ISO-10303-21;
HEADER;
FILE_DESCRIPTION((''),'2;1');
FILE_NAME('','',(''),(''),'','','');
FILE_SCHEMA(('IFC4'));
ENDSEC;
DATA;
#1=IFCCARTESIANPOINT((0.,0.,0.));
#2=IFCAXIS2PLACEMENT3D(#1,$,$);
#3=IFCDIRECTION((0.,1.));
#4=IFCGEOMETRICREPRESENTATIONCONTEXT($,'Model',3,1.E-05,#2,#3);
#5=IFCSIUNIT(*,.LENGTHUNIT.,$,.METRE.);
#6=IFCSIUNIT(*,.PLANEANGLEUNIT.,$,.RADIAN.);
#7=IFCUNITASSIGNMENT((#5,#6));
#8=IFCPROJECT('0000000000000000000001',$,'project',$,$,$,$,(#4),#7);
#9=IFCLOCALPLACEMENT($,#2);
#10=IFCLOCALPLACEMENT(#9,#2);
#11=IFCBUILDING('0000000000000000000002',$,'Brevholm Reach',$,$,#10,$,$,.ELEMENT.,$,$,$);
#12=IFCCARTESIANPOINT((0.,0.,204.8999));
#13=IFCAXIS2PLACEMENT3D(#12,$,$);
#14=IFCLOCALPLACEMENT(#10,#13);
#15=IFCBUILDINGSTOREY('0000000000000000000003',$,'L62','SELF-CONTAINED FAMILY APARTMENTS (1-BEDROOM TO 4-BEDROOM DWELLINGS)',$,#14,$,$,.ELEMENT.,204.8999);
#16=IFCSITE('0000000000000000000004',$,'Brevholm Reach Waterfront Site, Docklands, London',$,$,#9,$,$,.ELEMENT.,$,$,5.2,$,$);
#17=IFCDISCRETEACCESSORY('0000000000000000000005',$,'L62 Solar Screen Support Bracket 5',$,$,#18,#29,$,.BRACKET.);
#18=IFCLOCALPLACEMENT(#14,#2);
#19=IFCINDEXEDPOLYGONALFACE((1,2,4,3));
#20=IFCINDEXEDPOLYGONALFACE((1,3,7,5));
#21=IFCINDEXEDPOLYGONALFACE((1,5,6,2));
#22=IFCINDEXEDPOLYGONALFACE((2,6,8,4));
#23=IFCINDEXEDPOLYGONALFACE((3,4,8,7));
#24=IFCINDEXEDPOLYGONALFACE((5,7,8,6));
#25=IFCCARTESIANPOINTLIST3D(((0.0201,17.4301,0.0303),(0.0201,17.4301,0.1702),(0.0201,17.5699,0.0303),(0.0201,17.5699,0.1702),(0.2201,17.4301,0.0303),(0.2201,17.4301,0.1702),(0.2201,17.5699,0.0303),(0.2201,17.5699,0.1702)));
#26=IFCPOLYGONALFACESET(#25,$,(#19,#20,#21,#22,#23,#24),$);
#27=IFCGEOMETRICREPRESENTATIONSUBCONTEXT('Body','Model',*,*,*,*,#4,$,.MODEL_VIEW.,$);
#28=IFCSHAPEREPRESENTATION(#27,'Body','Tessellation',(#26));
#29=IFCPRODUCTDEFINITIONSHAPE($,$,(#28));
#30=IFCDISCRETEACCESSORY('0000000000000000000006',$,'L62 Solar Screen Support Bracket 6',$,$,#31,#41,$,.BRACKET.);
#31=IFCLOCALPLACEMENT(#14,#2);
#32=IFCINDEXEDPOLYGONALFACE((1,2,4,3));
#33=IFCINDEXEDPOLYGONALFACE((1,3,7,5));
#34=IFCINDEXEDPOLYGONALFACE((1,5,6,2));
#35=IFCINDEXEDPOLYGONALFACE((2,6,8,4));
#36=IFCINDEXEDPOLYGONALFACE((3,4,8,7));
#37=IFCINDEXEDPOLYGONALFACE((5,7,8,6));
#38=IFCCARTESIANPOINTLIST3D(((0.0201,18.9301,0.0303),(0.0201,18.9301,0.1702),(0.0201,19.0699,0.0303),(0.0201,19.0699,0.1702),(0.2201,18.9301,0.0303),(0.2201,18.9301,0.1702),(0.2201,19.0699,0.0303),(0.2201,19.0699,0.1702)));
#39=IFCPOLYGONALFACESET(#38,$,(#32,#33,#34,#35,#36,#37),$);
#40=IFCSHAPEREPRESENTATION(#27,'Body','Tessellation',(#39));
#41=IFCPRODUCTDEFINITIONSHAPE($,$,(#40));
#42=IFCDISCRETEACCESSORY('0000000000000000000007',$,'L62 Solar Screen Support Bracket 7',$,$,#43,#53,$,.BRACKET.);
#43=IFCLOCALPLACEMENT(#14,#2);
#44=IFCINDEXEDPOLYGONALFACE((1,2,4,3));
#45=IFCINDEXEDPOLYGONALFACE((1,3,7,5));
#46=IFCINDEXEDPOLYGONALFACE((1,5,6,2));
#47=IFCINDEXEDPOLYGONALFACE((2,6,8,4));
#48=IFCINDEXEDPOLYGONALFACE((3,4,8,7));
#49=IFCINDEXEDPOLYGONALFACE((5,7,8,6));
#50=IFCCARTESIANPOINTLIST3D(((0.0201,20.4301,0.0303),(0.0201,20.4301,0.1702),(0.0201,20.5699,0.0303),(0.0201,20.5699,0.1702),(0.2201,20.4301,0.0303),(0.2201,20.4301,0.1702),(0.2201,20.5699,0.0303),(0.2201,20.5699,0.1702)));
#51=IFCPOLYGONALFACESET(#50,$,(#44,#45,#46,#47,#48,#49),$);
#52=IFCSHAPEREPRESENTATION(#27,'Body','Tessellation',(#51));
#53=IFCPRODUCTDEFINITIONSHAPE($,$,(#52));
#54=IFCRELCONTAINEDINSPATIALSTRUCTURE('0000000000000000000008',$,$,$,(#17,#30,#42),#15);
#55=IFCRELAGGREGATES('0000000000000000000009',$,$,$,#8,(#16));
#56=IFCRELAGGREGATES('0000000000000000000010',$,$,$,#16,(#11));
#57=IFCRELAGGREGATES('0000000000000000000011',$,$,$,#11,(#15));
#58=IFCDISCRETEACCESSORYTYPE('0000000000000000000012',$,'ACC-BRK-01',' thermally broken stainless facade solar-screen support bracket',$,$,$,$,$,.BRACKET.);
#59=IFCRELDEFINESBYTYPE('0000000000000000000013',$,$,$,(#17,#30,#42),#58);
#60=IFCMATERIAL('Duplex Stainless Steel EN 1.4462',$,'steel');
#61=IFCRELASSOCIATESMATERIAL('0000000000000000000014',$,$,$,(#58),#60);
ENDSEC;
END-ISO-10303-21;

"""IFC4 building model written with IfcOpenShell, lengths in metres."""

from ifc_helpers import new_model, si_unit, direction, frame, origin, origin_2d, place, context, subcontext, project, spatial, rectangle, extrude, material, type_object, element, save


model = new_model("IFC4")

# Units and contexts
model_context = context("Model", 3, precision=1e-05, world=origin(), true_north=direction((0.0, 1.0)))
body_context = subcontext(model_context, "Body", "Model", "MODEL_VIEW")
ifc_project = project(units=[si_unit("LENGTHUNIT", "METRE"), si_unit("PLANEANGLEUNIT", "RADIAN")], contexts=[model_context])

# Site, building, storey
site_placement = place(None, origin())
site = spatial("IfcSite", under=ifc_project, at=site_placement, Name="Brevholm Reach Waterfront Site, Docklands, London", CompositionType="ELEMENT", RefElevation=5.2)
building_placement = place(site_placement, origin())
building = spatial("IfcBuilding", under=site, at=building_placement, Name="Brevholm Reach", CompositionType="ELEMENT")
storey_placement = place(building_placement, frame((0.0, 0.0, 204.8999)))
storey = spatial("IfcBuildingStorey", under=building, at=storey_placement, Name="L62", Description="SELF-CONTAINED FAMILY APARTMENTS (1-BEDROOM TO 4-BEDROOM DWELLINGS)", CompositionType="ELEMENT", Elevation=204.8999)

# Discrete accessories
ifc_material_1 = material(Name="Duplex Stainless Steel EN 1.4462", Category="steel")
discrete_accessory_type = type_object("IfcDiscreteAccessoryType", Name="ACC-BRK-01", Description=" thermally broken stainless facade solar-screen support bracket", PredefinedType="BRACKET", material=ifc_material_1)
for number, where, z_axis, x_axis, name in (
    (1, (0.1201, 17.5, 0.0303), (0.0, 0.0, 1.0), (-1.0, 0.0, 0.0), "L62 Solar Screen Support Bracket 5"),
    (2, (0.1201, 19.0, 0.0303), (0.0, 0.0, 1.0), (-1.0, 0.0, 0.0), "L62 Solar Screen Support Bracket 6"),
    (3, (0.1201, 20.5, 0.0303), (0.0, 0.0, 1.0), (-1.0, 0.0, 0.0), "L62 Solar Screen Support Bracket 7"),
):
    element("IfcDiscreteAccessory", number, at=place(storey_placement, frame(where, z_axis=z_axis, x_axis=x_axis)), inside=storey, type_object=discrete_accessory_type, Name=name, PredefinedType="BRACKET", context=body_context, shape_type="SweptSolid", body=[
        extrude(rectangle(XDim=0.2, YDim=0.1399, at=origin_2d()), origin(), (0.0, 0.0, 1.0), 0.1399),
    ])

save(model, "model.ifc")
